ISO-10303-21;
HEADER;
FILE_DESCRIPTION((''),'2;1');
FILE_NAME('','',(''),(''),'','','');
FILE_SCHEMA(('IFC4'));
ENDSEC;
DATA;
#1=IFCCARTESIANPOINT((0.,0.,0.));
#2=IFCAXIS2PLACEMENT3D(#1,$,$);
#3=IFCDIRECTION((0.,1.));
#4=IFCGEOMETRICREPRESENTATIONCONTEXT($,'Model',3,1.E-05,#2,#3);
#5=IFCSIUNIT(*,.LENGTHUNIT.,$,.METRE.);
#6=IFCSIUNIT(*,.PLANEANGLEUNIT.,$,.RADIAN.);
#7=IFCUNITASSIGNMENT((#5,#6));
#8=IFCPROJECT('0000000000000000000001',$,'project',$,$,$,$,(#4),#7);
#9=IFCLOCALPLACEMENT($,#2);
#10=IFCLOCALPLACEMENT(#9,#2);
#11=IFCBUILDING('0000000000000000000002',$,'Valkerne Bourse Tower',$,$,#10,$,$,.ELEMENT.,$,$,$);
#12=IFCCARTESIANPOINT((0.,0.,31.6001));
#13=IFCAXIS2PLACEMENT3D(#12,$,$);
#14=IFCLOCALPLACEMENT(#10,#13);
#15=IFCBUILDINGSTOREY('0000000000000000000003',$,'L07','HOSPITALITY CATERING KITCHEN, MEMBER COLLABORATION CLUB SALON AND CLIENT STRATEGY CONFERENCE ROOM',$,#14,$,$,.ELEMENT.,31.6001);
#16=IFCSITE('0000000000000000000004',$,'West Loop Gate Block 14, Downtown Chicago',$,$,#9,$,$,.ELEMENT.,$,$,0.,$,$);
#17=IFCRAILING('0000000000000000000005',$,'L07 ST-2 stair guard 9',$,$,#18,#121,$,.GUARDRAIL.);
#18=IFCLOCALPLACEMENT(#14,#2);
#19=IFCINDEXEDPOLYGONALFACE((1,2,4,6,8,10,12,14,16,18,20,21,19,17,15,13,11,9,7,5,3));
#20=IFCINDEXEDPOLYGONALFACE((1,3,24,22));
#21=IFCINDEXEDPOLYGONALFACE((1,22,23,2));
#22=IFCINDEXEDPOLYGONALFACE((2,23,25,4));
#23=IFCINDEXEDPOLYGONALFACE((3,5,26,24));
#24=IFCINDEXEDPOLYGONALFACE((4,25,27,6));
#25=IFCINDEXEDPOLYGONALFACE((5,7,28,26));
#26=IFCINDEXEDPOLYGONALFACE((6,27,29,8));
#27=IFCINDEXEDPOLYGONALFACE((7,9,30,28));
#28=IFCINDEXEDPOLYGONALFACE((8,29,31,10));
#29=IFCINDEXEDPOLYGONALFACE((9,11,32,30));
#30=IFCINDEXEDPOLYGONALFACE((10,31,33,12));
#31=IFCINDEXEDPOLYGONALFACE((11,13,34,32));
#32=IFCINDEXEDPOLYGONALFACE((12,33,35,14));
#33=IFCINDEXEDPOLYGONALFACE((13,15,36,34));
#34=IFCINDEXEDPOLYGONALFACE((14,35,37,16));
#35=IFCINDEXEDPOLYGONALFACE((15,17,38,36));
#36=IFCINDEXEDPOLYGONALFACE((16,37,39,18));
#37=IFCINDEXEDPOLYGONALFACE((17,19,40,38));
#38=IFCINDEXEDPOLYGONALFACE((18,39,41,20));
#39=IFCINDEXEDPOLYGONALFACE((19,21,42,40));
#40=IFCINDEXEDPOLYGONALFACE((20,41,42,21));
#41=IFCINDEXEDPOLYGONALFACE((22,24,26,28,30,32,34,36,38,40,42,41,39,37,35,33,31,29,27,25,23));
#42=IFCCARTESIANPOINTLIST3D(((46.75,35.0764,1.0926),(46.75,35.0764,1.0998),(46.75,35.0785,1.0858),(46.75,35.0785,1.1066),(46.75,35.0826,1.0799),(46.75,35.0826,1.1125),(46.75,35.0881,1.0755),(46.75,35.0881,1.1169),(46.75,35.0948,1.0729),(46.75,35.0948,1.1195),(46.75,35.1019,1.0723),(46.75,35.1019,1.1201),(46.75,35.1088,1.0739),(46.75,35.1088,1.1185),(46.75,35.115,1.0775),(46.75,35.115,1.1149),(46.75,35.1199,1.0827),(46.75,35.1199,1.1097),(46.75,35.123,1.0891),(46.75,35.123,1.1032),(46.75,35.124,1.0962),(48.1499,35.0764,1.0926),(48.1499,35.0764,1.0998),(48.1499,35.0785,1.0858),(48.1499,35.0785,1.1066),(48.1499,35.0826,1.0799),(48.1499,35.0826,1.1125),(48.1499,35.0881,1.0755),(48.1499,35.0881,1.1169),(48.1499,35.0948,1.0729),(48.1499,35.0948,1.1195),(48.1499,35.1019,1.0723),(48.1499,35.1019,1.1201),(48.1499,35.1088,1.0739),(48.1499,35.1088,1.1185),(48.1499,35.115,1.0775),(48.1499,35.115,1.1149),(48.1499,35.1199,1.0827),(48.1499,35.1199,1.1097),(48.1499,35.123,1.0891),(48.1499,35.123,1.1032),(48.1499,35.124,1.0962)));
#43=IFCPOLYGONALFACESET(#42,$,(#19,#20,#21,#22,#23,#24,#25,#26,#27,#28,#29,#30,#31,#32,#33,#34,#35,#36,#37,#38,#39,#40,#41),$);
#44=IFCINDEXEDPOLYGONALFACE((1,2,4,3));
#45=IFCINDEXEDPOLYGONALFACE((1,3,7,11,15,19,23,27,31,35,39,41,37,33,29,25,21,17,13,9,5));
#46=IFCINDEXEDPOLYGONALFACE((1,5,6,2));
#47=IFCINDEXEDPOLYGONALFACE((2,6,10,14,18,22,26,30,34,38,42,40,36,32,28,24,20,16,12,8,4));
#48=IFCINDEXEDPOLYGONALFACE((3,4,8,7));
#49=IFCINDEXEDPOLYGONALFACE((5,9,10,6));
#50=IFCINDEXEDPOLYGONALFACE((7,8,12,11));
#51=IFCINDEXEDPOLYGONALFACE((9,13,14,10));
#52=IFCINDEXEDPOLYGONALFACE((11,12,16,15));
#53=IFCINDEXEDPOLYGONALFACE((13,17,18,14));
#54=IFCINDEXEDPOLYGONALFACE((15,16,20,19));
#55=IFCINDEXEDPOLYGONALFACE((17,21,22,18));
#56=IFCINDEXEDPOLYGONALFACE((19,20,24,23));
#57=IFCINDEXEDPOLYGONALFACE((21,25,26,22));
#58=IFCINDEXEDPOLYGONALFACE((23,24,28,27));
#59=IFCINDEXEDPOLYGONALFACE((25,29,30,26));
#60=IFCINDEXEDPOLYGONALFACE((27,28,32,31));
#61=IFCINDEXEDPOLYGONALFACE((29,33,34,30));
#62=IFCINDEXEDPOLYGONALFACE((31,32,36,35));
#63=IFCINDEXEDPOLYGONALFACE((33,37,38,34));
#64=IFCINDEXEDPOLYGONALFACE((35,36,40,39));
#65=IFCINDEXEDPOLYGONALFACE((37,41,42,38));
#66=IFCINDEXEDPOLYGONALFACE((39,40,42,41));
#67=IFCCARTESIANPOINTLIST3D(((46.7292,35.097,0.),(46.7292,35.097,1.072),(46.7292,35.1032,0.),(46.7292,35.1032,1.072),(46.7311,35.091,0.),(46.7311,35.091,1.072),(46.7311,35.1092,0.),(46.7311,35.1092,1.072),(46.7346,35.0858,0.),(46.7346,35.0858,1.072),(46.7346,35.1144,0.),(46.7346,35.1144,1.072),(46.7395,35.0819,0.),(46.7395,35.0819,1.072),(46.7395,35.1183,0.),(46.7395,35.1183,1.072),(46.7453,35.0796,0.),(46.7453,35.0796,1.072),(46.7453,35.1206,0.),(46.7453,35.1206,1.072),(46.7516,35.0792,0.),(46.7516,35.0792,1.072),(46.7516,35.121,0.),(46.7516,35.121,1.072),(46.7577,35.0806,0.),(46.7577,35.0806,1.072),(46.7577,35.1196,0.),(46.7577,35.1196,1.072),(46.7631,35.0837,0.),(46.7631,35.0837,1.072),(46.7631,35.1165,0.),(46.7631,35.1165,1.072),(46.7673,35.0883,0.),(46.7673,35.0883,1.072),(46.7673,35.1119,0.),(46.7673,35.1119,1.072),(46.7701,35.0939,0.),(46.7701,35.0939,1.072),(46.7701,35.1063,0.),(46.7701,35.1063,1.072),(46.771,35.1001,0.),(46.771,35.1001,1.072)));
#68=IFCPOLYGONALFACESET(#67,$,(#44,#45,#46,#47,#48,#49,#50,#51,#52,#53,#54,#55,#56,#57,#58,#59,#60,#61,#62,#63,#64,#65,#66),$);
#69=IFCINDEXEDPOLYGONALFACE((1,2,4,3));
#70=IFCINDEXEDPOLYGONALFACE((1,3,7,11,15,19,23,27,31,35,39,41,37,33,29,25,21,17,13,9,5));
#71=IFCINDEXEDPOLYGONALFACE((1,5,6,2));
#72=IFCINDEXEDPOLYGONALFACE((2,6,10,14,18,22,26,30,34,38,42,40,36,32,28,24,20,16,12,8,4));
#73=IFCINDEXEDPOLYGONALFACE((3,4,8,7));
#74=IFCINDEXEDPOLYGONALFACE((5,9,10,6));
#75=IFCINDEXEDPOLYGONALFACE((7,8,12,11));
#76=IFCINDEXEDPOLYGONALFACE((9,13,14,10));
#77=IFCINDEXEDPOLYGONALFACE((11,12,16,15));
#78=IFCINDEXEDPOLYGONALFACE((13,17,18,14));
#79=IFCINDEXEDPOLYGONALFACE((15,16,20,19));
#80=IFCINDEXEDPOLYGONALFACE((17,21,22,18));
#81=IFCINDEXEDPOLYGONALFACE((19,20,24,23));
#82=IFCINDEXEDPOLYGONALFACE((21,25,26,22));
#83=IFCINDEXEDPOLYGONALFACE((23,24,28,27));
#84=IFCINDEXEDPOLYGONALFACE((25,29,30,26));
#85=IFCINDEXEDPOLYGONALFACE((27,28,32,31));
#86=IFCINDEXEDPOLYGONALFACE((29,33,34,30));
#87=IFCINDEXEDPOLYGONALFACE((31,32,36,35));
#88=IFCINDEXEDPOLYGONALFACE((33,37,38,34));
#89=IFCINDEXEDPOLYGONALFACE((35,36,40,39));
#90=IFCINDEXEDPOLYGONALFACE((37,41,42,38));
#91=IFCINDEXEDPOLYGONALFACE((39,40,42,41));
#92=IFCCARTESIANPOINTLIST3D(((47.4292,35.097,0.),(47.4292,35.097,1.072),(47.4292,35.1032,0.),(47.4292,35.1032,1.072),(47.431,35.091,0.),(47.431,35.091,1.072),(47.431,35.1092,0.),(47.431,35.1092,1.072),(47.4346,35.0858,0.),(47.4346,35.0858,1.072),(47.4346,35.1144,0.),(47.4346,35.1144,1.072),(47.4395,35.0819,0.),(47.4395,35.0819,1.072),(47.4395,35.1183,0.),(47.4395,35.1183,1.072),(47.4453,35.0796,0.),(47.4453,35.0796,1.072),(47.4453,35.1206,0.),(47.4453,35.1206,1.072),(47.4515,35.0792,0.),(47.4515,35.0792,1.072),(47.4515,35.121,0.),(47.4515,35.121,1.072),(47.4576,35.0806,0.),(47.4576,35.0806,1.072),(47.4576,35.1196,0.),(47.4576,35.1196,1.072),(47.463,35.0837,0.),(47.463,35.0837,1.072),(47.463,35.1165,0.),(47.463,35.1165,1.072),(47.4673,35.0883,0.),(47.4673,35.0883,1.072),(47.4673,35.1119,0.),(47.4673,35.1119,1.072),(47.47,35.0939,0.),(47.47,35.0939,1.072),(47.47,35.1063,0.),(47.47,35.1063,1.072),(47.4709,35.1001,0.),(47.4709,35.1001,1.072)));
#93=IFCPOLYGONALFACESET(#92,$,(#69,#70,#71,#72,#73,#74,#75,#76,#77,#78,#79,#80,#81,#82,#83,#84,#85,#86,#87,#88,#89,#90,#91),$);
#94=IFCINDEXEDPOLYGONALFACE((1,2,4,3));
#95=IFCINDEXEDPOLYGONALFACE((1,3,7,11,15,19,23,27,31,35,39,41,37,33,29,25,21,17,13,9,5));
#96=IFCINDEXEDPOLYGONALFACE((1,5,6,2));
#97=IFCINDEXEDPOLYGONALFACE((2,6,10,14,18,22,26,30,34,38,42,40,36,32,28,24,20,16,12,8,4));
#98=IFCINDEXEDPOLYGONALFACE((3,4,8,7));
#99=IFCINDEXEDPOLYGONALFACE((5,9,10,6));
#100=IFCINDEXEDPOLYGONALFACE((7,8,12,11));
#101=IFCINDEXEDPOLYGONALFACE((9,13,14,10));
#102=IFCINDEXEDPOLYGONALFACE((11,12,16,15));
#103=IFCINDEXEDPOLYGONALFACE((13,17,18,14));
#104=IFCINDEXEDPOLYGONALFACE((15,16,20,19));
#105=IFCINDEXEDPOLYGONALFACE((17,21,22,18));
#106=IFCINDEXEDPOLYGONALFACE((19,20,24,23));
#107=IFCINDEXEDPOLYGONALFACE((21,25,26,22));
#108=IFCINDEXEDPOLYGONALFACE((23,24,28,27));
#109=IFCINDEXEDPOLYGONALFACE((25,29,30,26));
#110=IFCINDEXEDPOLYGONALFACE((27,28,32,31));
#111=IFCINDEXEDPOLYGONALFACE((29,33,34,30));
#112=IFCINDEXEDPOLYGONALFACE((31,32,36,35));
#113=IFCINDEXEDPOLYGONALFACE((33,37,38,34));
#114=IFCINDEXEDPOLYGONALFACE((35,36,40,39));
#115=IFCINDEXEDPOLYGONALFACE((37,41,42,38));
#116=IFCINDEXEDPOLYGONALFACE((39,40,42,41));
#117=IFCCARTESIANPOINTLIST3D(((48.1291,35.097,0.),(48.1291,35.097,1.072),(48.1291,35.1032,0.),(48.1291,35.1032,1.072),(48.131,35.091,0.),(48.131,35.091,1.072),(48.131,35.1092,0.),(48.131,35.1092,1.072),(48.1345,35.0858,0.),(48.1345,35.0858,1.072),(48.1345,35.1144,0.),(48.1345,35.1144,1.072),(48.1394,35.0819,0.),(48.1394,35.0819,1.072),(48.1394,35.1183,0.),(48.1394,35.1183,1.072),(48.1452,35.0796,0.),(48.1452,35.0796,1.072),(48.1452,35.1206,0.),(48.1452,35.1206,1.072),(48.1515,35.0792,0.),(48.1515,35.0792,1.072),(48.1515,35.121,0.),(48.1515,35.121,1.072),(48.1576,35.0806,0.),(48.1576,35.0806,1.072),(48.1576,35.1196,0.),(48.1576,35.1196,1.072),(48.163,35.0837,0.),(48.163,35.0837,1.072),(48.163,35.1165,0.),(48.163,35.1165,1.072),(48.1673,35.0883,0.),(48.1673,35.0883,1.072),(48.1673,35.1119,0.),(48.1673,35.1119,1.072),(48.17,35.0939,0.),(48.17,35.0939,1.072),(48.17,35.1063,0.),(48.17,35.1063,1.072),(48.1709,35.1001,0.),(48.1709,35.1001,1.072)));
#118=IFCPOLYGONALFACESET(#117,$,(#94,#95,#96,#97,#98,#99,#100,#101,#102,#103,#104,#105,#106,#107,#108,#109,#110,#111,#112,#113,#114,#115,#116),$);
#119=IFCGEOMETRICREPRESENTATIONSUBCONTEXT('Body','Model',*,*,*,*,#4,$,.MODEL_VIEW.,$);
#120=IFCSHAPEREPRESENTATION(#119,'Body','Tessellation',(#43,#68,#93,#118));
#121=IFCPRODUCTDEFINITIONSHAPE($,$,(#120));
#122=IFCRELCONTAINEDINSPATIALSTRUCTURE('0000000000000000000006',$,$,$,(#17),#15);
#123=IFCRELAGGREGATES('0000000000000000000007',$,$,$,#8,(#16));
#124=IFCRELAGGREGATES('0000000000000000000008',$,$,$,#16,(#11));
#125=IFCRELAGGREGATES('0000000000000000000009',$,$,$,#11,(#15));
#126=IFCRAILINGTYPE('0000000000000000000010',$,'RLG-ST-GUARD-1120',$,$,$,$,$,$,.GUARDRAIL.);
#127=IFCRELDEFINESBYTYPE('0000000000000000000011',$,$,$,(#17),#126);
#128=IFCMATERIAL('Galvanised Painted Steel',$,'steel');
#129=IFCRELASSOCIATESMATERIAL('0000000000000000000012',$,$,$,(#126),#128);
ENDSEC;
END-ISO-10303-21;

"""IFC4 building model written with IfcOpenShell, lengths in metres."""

from ifc_helpers import new_model, si_unit, direction, frame, origin, origin_2d, place, context, subcontext, project, spatial, circle, extrude, material, type_object, element, save


model = new_model("IFC4")

# Units and contexts
model_context = context("Model", 3, precision=1e-05, world=origin(), true_north=direction((0.0, 1.0)))
body_context = subcontext(model_context, "Body", "Model", "MODEL_VIEW")
ifc_project = project(units=[si_unit("LENGTHUNIT", "METRE"), si_unit("PLANEANGLEUNIT", "RADIAN")], contexts=[model_context])

# Site, building, storey
site_placement = place(None, origin())
site = spatial("IfcSite", under=ifc_project, at=site_placement, Name="West Loop Gate Block 14, Downtown Chicago", CompositionType="ELEMENT", RefElevation=0.0)
building_placement = place(site_placement, origin())
building = spatial("IfcBuilding", under=site, at=building_placement, Name="Valkerne Bourse Tower", CompositionType="ELEMENT")
storey_placement = place(building_placement, frame((0.0, 0.0, 31.6001)))
storey = spatial("IfcBuildingStorey", under=building, at=storey_placement, Name="L07", Description="HOSPITALITY CATERING KITCHEN, MEMBER COLLABORATION CLUB SALON AND CLIENT STRATEGY CONFERENCE ROOM", CompositionType="ELEMENT", Elevation=31.6001)

# Shared definitions
ifc_material_1 = material(Name="Galvanised Painted Steel", Category="steel")

# Railing
railing_type_1 = type_object("IfcRailingType", Name="RLG-ST-GUARD-1120", PredefinedType="GUARDRAIL", material=ifc_material_1)
for number, where, name in (
    (1, (46.75, 35.1001, 0.0), "L07 ST-2 stair guard 9"),
):
    element("IfcRailing", number, at=place(storey_placement, frame(where)), inside=storey, type_object=railing_type_1, Name=name, PredefinedType="GUARDRAIL", context=body_context, shape_type="SweptSolid", body=[
        extrude(circle(Radius=0.0239, at=origin_2d()), frame((0.0, 0.0, 1.0962), z_axis=(1.0, 0.0, 0.0), x_axis=(0.0, 1.0, 0.0)), (0.0, 0.0, 1.0), 1.3999),
        extrude(circle(Radius=0.021, at=origin_2d()), origin(), (0.0, 0.0, 1.0), 1.072),
        extrude(circle(Radius=0.021, at=origin_2d()), frame((0.7, 0.0, 0.0)), (0.0, 0.0, 1.0), 1.072),
        extrude(circle(Radius=0.021, at=origin_2d()), frame((1.3999, 0.0, 0.0)), (0.0, 0.0, 1.0), 1.072),
    ])

save(model, "model.ifc")
